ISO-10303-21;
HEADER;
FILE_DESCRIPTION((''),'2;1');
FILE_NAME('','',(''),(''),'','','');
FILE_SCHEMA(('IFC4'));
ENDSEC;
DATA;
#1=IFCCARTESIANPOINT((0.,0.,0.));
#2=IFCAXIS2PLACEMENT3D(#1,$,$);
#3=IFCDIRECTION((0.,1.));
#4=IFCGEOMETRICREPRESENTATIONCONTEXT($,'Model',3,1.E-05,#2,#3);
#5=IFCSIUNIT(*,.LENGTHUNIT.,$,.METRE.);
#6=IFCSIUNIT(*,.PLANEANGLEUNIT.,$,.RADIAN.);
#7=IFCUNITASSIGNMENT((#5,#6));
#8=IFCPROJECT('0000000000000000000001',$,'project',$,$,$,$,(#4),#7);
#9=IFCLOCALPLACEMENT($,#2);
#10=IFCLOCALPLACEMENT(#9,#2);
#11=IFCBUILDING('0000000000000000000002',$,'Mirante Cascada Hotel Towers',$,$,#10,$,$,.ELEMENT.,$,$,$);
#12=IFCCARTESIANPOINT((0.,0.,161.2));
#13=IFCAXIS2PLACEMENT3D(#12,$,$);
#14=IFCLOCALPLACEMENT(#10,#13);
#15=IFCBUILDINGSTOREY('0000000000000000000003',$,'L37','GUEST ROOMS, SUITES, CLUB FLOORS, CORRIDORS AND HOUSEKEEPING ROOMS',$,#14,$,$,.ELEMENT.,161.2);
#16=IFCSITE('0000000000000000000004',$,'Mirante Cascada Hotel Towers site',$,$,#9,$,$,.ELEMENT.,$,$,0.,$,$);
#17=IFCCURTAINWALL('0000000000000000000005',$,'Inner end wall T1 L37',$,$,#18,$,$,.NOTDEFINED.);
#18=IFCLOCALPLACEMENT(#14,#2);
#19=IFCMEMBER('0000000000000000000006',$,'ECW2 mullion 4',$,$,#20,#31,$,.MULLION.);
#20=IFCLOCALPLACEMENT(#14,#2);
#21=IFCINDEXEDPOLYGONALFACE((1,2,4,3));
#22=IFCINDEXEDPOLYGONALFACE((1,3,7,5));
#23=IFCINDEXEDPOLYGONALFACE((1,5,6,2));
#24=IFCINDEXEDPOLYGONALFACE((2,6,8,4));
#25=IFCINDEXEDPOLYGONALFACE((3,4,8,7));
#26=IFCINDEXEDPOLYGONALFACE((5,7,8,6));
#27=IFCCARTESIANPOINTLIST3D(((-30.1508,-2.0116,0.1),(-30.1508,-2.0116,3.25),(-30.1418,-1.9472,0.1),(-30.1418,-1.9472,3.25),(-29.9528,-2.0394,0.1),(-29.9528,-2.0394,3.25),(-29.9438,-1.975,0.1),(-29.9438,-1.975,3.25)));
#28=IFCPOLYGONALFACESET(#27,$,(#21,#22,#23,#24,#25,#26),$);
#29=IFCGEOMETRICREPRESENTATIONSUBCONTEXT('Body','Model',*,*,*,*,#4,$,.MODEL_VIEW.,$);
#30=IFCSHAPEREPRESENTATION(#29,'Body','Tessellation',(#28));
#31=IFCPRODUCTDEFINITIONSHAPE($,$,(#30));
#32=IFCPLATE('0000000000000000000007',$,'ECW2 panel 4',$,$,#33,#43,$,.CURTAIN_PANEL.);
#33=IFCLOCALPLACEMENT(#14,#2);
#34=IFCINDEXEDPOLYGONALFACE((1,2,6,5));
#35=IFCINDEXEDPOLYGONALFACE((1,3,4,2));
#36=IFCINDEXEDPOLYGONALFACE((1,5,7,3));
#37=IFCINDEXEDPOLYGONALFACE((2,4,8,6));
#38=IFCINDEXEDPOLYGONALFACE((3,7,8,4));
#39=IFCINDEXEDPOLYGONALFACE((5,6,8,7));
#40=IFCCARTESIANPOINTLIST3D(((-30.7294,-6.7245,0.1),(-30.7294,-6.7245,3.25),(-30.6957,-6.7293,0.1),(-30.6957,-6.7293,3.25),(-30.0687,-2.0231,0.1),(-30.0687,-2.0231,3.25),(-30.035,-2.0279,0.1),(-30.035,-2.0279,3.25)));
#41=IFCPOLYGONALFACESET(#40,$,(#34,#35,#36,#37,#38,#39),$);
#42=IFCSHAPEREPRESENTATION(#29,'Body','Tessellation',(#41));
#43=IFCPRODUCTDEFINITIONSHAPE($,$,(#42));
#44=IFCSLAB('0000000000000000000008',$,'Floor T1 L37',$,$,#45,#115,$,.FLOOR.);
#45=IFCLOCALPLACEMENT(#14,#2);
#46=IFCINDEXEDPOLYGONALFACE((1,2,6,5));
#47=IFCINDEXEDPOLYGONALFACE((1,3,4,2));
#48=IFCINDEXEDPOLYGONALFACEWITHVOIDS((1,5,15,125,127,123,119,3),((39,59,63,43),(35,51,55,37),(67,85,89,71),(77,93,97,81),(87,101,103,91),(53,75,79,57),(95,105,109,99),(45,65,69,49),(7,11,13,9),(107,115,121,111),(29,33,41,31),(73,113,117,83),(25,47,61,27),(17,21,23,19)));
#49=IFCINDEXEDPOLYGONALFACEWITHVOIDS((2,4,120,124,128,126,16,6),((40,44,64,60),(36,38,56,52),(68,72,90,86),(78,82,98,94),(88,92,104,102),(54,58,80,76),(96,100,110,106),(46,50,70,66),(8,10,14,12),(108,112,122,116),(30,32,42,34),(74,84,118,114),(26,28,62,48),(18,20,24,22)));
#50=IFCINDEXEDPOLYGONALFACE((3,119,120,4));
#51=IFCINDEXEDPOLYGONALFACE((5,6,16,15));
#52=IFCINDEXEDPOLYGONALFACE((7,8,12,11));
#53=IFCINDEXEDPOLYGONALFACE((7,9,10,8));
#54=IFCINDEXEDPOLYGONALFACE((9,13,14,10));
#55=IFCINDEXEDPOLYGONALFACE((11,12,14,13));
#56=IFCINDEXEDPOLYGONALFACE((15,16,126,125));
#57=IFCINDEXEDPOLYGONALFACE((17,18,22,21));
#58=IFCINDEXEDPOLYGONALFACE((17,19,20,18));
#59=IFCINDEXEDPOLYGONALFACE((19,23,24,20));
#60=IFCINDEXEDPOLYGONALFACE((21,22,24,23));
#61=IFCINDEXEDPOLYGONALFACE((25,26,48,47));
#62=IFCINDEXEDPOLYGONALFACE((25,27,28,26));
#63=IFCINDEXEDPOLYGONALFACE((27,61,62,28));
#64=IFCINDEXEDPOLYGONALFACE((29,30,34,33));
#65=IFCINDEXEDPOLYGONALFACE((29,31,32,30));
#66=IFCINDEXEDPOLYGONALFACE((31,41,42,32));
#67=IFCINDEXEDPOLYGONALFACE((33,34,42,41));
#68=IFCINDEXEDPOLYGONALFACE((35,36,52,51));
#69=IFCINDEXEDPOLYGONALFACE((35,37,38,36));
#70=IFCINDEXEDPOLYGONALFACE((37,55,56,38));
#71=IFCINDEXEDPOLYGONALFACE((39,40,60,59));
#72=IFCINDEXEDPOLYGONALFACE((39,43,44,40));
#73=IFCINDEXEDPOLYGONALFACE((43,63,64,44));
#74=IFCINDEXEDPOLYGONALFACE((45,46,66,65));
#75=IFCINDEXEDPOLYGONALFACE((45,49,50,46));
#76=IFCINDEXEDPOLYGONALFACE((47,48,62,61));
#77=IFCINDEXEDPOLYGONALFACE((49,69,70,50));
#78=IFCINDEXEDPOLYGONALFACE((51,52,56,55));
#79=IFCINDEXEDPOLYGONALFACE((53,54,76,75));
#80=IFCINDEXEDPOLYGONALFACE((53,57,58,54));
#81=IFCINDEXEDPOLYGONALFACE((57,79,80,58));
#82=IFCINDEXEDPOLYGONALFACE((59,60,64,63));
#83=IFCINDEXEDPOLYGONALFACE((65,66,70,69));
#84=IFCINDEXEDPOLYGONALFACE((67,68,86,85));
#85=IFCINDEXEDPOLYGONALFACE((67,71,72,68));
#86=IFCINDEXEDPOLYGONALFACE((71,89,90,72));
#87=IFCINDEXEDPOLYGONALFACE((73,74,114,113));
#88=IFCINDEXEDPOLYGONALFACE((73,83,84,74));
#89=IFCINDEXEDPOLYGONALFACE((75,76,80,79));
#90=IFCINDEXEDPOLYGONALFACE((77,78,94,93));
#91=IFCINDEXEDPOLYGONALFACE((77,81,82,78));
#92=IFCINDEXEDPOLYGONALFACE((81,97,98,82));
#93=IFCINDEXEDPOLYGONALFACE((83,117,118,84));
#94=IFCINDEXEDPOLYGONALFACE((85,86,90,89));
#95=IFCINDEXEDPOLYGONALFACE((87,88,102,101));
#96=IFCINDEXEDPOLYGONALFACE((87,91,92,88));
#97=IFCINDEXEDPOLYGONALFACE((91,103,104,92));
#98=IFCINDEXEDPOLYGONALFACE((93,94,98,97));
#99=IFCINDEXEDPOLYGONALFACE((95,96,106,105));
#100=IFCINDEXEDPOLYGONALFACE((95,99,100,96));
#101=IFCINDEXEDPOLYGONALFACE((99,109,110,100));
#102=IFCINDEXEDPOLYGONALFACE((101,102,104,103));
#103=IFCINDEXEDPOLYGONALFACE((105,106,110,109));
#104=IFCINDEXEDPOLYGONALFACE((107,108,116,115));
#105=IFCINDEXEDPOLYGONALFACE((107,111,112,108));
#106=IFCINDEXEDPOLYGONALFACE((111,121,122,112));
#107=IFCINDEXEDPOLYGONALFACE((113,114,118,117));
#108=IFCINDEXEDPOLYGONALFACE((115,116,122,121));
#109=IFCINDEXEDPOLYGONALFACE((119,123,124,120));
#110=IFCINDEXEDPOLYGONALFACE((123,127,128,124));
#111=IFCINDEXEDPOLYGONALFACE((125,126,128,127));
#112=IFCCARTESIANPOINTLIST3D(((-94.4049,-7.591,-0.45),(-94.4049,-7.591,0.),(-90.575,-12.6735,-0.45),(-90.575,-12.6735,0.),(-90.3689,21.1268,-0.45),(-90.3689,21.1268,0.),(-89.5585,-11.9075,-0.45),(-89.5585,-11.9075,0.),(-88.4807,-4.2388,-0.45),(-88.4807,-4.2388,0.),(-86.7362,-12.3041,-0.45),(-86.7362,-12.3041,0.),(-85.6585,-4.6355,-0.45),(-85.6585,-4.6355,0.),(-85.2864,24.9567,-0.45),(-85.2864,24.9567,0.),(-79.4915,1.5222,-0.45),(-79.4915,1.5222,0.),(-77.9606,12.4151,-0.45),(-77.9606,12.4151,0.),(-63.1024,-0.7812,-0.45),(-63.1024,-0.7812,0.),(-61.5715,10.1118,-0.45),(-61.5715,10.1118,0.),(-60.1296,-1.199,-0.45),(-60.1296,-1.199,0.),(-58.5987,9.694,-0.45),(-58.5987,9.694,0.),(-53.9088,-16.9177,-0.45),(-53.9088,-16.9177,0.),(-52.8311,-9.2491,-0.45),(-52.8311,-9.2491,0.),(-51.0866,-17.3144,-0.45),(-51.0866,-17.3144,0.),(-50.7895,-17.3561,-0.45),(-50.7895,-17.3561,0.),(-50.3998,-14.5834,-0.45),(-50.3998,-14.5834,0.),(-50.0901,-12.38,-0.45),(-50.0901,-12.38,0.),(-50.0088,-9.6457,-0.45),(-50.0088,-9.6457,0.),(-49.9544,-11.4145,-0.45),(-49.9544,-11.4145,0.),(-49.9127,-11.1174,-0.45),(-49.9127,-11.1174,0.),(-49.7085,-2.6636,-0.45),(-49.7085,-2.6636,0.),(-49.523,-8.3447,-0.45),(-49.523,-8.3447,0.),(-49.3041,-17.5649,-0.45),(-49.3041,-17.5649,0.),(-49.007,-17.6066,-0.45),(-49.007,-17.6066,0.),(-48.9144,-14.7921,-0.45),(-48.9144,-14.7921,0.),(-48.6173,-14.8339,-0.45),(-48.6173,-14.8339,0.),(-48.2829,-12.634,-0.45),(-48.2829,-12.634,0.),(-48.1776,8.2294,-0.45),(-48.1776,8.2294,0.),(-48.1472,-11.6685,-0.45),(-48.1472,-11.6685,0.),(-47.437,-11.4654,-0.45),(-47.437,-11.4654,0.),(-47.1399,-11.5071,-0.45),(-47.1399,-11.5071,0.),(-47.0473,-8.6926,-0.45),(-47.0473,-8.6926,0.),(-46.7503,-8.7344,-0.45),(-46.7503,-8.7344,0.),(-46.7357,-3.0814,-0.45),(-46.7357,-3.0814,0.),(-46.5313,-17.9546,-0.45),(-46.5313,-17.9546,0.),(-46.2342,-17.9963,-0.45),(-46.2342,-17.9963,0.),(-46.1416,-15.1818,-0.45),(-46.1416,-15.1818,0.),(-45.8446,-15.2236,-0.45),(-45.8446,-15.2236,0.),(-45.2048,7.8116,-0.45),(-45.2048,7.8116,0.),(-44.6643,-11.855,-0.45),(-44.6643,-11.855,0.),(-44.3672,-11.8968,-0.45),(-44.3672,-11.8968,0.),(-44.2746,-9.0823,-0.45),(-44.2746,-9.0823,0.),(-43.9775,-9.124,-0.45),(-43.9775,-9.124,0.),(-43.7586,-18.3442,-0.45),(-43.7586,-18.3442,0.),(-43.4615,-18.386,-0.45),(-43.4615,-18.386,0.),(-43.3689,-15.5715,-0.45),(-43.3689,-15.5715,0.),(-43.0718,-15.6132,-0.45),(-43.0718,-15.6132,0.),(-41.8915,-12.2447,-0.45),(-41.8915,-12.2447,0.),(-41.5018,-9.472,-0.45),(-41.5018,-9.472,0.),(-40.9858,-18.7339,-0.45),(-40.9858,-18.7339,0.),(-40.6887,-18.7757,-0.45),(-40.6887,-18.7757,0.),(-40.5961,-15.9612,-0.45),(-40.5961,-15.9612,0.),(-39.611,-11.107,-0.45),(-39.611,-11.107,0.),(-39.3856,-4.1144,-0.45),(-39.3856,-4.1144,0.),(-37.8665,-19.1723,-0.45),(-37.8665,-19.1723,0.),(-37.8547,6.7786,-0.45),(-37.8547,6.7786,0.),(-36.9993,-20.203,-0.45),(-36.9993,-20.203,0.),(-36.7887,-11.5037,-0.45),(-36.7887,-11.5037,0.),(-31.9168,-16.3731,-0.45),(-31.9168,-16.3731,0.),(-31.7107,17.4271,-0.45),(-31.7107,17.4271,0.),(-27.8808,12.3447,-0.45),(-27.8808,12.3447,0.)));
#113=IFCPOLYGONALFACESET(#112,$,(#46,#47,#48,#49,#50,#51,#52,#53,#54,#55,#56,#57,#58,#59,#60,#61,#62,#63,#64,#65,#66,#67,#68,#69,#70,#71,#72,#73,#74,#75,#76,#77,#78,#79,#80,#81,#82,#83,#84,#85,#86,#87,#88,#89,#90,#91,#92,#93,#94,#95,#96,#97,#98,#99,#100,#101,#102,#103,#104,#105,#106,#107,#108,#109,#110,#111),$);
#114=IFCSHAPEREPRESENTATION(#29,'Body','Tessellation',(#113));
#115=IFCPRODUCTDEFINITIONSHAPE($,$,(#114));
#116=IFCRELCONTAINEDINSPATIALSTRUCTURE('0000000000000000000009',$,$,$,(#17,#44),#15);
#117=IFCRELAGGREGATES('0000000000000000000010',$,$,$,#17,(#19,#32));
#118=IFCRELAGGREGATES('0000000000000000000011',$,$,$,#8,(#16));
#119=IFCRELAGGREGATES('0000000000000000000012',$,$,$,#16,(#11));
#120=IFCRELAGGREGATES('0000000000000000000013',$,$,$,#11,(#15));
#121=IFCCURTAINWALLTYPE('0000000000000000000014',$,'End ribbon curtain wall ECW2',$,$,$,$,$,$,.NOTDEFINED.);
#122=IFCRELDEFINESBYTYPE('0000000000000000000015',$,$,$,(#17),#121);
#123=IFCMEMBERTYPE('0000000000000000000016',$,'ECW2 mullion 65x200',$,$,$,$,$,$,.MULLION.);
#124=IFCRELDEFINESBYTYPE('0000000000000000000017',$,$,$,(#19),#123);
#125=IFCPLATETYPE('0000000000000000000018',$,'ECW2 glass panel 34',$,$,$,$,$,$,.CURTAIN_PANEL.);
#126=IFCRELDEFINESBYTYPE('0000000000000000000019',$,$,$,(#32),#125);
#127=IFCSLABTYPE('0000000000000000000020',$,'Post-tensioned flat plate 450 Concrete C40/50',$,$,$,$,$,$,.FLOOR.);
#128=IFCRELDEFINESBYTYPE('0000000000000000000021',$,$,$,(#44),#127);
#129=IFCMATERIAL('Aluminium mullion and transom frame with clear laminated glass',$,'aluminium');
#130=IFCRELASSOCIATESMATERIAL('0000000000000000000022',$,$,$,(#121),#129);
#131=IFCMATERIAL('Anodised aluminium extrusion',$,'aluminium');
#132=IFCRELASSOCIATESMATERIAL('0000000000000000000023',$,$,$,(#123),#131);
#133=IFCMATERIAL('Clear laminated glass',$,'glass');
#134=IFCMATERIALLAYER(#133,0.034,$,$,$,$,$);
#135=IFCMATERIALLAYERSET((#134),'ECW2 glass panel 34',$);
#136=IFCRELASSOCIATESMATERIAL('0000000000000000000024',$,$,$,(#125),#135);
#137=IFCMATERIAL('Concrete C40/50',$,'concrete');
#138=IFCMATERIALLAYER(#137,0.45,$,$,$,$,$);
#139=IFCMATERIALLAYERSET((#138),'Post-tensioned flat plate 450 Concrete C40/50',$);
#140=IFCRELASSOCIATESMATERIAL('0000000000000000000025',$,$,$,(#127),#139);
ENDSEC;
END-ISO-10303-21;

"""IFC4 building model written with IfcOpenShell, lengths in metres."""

from ifc_helpers import new_model, si_unit, direction, frame, origin, origin_2d, place, context, subcontext, project, spatial, polyline, rectangle, outline, extrude, material, layer, layer_set, material_profile, profile_set, type_object, element, aggregate, save


model = new_model("IFC4")

# Units and contexts
model_context = context("Model", 3, precision=1e-05, world=origin(), true_north=direction((0.0, 1.0)))
body_context = subcontext(model_context, "Body", "Model", "MODEL_VIEW")
ifc_project = project(units=[si_unit("LENGTHUNIT", "METRE"), si_unit("PLANEANGLEUNIT", "RADIAN")], contexts=[model_context])

# Site, building, storey
site_placement = place(None, origin())
site = spatial("IfcSite", under=ifc_project, at=site_placement, Name="Mirante Cascada Hotel Towers site", CompositionType="ELEMENT", RefElevation=0.0)
building_placement = place(site_placement, origin())
building = spatial("IfcBuilding", under=site, at=building_placement, Name="Mirante Cascada Hotel Towers", CompositionType="ELEMENT")
storey_placement = place(building_placement, frame((0.0, 0.0, 161.2)))
storey = spatial("IfcBuildingStorey", under=building, at=storey_placement, Name="L37", Description="GUEST ROOMS, SUITES, CLUB FLOORS, CORRIDORS AND HOUSEKEEPING ROOMS", CompositionType="ELEMENT", Elevation=161.2)

# Curtain wall, member, plate
ifc_material_1 = material(Name="Aluminium mullion and transom frame with clear laminated glass", Category="aluminium")
curtain_wall_type = type_object("IfcCurtainWallType", Name="End ribbon curtain wall ECW2", PredefinedType="NOTDEFINED", material=ifc_material_1)
curtain_wall_placement = place(storey_placement, origin())
curtain_wall = element("IfcCurtainWall", 1, at=curtain_wall_placement, inside=storey, type_object=curtain_wall_type, Name="Inner end wall T1 L37", PredefinedType="NOTDEFINED")
ifc_material_2 = material(Name="Anodised aluminium extrusion", Category="aluminium")
ifc_material_profile = material_profile(ifc_material_2, rectangle(XDim=0.2, YDim=0.065, at=origin_2d()), Name="ECW2 MULLION 65x200")
ifc_profile_set = profile_set([ifc_material_profile], Name="Anodised aluminium extrusion")
member_type = type_object("IfcMemberType", Name="ECW2 mullion 65x200", PredefinedType="MULLION", material=ifc_profile_set)
member_placement = place(storey_placement, frame((-30.0473, -1.9933, 0.1), z_axis=(0.0, 0.0, 1.0), x_axis=(0.990268, -0.139173, 0.0)))
member = element("IfcMember", 2, at=member_placement, type_object=member_type, Name="ECW2 mullion 4", PredefinedType="MULLION", context=body_context, shape_type="SweptSolid", body=[
    extrude(rectangle(XDim=0.2, YDim=0.065, at=origin_2d()), origin(), (0.0, 0.0, 1.0), 3.15),
])
ifc_material_3 = material(Name="Clear laminated glass", Category="glass")
ifc_layer_1 = layer(ifc_material_3, 0.034)
ifc_layer_set_1 = layer_set([ifc_layer_1], Name="ECW2 glass panel 34")
plate_type = type_object("IfcPlateType", Name="ECW2 glass panel 34", PredefinedType="CURTAIN_PANEL", material=ifc_layer_set_1)
plate_placement = place(storey_placement, frame((-30.3822, -4.3762, 0.1), z_axis=(0.0, 0.0, 1.0), x_axis=(-0.139173, -0.990268, 0.0)))
plate = element("IfcPlate", 3, at=plate_placement, type_object=plate_type, Name="ECW2 panel 4", PredefinedType="CURTAIN_PANEL", context=body_context, shape_type="SweptSolid", body=[
    extrude(rectangle(XDim=4.7476, YDim=0.034, at=origin_2d()), origin(), (0.0, 0.0, 1.0), 3.15),
])
aggregate(curtain_wall, [member, plate])

# Slab
ifc_material_4 = material(Name="Concrete C40/50", Category="concrete")
ifc_layer_2 = layer(ifc_material_4, 0.45)
ifc_layer_set_2 = layer_set([ifc_layer_2], Name="Post-tensioned flat plate 450 Concrete C40/50")
slab_type = type_object("IfcSlabType", Name="Post-tensioned flat plate 450 Concrete C40/50", PredefinedType="FLOOR", material=ifc_layer_set_2)
slab_1_placement = place(storey_placement, frame((0.0, 0.0, -0.45)))
element("IfcSlab", 4, at=slab_1_placement, inside=storey, type_object=slab_type, Name="Floor T1 L37", PredefinedType="FLOOR", context=body_context, shape_type="SweptSolid", body=[
    extrude(outline(polyline([(-31.9168, -16.3731), (-27.8808, 12.3447), (-31.7107, 17.4271), (-85.2864, 24.9567), (-90.3689, 21.1268), (-94.4049, -7.591), (-90.575, -12.6735), (-36.9993, -20.203), (-31.9168, -16.3731)]), holes=[polyline([(-40.5961, -15.9612), (-40.9858, -18.7339), (-43.4615, -18.386), (-43.0718, -15.6132), (-40.5961, -15.9612)]), polyline([(-45.8446, -15.2236), (-43.3689, -15.5715), (-43.7586, -18.3442), (-46.2342, -17.9963), (-45.8446, -15.2236)]), polyline([(-48.6173, -14.8339), (-46.1416, -15.1818), (-46.5313, -17.9546), (-49.007, -17.6066), (-48.6173, -14.8339)]), polyline([(-37.8665, -19.1723), (-40.6887, -18.7757), (-39.611, -11.107), (-36.7887, -11.5037), (-37.8665, -19.1723)]), polyline([(-43.9775, -9.124), (-41.5018, -9.472), (-41.8915, -12.2447), (-44.3672, -11.8968), (-43.9775, -9.124)]), polyline([(-46.7503, -8.7344), (-44.2746, -9.0823), (-44.6643, -11.855), (-47.1399, -11.5071), (-46.7503, -8.7344)]), polyline([(-48.9144, -14.7921), (-49.3041, -17.5649), (-50.7895, -17.3561), (-50.3998, -14.5834), (-48.9144, -14.7921)]), polyline([(-50.0088, -9.6457), (-51.0866, -17.3144), (-53.9088, -16.9177), (-52.8311, -9.2491), (-50.0088, -9.6457)]), polyline([(-85.6585, -4.6355), (-86.7362, -12.3041), (-89.5585, -11.9075), (-88.4807, -4.2388), (-85.6585, -4.6355)]), polyline([(-48.1472, -11.6685), (-48.2829, -12.634), (-50.0901, -12.38), (-49.9544, -11.4145), (-48.1472, -11.6685)]), polyline([(-49.523, -8.3447), (-47.0473, -8.6926), (-47.437, -11.4654), (-49.9127, -11.1174), (-49.523, -8.3447)]), polyline([(-61.5715, 10.1118), (-61.5715, 10.1118), (-63.1024, -0.7812), (-63.1024, -0.7812), (-79.4915, 1.5222), (-77.9606, 12.4151), (-61.5715, 10.1118)]), polyline([(-48.1776, 8.2294), (-49.7085, -2.6636), (-49.7085, -2.6636), (-60.1296, -1.199), (-60.1296, -1.199), (-58.5987, 9.694), (-48.1776, 8.2294)]), polyline([(-37.8547, 6.7786), (-39.3856, -4.1144), (-46.7357, -3.0814), (-46.7357, -3.0814), (-45.2048, 7.8116), (-37.8547, 6.7786)])]), origin(), (0.0, 0.0, 1.0), 0.45),
])

save(model, "model.ifc")
